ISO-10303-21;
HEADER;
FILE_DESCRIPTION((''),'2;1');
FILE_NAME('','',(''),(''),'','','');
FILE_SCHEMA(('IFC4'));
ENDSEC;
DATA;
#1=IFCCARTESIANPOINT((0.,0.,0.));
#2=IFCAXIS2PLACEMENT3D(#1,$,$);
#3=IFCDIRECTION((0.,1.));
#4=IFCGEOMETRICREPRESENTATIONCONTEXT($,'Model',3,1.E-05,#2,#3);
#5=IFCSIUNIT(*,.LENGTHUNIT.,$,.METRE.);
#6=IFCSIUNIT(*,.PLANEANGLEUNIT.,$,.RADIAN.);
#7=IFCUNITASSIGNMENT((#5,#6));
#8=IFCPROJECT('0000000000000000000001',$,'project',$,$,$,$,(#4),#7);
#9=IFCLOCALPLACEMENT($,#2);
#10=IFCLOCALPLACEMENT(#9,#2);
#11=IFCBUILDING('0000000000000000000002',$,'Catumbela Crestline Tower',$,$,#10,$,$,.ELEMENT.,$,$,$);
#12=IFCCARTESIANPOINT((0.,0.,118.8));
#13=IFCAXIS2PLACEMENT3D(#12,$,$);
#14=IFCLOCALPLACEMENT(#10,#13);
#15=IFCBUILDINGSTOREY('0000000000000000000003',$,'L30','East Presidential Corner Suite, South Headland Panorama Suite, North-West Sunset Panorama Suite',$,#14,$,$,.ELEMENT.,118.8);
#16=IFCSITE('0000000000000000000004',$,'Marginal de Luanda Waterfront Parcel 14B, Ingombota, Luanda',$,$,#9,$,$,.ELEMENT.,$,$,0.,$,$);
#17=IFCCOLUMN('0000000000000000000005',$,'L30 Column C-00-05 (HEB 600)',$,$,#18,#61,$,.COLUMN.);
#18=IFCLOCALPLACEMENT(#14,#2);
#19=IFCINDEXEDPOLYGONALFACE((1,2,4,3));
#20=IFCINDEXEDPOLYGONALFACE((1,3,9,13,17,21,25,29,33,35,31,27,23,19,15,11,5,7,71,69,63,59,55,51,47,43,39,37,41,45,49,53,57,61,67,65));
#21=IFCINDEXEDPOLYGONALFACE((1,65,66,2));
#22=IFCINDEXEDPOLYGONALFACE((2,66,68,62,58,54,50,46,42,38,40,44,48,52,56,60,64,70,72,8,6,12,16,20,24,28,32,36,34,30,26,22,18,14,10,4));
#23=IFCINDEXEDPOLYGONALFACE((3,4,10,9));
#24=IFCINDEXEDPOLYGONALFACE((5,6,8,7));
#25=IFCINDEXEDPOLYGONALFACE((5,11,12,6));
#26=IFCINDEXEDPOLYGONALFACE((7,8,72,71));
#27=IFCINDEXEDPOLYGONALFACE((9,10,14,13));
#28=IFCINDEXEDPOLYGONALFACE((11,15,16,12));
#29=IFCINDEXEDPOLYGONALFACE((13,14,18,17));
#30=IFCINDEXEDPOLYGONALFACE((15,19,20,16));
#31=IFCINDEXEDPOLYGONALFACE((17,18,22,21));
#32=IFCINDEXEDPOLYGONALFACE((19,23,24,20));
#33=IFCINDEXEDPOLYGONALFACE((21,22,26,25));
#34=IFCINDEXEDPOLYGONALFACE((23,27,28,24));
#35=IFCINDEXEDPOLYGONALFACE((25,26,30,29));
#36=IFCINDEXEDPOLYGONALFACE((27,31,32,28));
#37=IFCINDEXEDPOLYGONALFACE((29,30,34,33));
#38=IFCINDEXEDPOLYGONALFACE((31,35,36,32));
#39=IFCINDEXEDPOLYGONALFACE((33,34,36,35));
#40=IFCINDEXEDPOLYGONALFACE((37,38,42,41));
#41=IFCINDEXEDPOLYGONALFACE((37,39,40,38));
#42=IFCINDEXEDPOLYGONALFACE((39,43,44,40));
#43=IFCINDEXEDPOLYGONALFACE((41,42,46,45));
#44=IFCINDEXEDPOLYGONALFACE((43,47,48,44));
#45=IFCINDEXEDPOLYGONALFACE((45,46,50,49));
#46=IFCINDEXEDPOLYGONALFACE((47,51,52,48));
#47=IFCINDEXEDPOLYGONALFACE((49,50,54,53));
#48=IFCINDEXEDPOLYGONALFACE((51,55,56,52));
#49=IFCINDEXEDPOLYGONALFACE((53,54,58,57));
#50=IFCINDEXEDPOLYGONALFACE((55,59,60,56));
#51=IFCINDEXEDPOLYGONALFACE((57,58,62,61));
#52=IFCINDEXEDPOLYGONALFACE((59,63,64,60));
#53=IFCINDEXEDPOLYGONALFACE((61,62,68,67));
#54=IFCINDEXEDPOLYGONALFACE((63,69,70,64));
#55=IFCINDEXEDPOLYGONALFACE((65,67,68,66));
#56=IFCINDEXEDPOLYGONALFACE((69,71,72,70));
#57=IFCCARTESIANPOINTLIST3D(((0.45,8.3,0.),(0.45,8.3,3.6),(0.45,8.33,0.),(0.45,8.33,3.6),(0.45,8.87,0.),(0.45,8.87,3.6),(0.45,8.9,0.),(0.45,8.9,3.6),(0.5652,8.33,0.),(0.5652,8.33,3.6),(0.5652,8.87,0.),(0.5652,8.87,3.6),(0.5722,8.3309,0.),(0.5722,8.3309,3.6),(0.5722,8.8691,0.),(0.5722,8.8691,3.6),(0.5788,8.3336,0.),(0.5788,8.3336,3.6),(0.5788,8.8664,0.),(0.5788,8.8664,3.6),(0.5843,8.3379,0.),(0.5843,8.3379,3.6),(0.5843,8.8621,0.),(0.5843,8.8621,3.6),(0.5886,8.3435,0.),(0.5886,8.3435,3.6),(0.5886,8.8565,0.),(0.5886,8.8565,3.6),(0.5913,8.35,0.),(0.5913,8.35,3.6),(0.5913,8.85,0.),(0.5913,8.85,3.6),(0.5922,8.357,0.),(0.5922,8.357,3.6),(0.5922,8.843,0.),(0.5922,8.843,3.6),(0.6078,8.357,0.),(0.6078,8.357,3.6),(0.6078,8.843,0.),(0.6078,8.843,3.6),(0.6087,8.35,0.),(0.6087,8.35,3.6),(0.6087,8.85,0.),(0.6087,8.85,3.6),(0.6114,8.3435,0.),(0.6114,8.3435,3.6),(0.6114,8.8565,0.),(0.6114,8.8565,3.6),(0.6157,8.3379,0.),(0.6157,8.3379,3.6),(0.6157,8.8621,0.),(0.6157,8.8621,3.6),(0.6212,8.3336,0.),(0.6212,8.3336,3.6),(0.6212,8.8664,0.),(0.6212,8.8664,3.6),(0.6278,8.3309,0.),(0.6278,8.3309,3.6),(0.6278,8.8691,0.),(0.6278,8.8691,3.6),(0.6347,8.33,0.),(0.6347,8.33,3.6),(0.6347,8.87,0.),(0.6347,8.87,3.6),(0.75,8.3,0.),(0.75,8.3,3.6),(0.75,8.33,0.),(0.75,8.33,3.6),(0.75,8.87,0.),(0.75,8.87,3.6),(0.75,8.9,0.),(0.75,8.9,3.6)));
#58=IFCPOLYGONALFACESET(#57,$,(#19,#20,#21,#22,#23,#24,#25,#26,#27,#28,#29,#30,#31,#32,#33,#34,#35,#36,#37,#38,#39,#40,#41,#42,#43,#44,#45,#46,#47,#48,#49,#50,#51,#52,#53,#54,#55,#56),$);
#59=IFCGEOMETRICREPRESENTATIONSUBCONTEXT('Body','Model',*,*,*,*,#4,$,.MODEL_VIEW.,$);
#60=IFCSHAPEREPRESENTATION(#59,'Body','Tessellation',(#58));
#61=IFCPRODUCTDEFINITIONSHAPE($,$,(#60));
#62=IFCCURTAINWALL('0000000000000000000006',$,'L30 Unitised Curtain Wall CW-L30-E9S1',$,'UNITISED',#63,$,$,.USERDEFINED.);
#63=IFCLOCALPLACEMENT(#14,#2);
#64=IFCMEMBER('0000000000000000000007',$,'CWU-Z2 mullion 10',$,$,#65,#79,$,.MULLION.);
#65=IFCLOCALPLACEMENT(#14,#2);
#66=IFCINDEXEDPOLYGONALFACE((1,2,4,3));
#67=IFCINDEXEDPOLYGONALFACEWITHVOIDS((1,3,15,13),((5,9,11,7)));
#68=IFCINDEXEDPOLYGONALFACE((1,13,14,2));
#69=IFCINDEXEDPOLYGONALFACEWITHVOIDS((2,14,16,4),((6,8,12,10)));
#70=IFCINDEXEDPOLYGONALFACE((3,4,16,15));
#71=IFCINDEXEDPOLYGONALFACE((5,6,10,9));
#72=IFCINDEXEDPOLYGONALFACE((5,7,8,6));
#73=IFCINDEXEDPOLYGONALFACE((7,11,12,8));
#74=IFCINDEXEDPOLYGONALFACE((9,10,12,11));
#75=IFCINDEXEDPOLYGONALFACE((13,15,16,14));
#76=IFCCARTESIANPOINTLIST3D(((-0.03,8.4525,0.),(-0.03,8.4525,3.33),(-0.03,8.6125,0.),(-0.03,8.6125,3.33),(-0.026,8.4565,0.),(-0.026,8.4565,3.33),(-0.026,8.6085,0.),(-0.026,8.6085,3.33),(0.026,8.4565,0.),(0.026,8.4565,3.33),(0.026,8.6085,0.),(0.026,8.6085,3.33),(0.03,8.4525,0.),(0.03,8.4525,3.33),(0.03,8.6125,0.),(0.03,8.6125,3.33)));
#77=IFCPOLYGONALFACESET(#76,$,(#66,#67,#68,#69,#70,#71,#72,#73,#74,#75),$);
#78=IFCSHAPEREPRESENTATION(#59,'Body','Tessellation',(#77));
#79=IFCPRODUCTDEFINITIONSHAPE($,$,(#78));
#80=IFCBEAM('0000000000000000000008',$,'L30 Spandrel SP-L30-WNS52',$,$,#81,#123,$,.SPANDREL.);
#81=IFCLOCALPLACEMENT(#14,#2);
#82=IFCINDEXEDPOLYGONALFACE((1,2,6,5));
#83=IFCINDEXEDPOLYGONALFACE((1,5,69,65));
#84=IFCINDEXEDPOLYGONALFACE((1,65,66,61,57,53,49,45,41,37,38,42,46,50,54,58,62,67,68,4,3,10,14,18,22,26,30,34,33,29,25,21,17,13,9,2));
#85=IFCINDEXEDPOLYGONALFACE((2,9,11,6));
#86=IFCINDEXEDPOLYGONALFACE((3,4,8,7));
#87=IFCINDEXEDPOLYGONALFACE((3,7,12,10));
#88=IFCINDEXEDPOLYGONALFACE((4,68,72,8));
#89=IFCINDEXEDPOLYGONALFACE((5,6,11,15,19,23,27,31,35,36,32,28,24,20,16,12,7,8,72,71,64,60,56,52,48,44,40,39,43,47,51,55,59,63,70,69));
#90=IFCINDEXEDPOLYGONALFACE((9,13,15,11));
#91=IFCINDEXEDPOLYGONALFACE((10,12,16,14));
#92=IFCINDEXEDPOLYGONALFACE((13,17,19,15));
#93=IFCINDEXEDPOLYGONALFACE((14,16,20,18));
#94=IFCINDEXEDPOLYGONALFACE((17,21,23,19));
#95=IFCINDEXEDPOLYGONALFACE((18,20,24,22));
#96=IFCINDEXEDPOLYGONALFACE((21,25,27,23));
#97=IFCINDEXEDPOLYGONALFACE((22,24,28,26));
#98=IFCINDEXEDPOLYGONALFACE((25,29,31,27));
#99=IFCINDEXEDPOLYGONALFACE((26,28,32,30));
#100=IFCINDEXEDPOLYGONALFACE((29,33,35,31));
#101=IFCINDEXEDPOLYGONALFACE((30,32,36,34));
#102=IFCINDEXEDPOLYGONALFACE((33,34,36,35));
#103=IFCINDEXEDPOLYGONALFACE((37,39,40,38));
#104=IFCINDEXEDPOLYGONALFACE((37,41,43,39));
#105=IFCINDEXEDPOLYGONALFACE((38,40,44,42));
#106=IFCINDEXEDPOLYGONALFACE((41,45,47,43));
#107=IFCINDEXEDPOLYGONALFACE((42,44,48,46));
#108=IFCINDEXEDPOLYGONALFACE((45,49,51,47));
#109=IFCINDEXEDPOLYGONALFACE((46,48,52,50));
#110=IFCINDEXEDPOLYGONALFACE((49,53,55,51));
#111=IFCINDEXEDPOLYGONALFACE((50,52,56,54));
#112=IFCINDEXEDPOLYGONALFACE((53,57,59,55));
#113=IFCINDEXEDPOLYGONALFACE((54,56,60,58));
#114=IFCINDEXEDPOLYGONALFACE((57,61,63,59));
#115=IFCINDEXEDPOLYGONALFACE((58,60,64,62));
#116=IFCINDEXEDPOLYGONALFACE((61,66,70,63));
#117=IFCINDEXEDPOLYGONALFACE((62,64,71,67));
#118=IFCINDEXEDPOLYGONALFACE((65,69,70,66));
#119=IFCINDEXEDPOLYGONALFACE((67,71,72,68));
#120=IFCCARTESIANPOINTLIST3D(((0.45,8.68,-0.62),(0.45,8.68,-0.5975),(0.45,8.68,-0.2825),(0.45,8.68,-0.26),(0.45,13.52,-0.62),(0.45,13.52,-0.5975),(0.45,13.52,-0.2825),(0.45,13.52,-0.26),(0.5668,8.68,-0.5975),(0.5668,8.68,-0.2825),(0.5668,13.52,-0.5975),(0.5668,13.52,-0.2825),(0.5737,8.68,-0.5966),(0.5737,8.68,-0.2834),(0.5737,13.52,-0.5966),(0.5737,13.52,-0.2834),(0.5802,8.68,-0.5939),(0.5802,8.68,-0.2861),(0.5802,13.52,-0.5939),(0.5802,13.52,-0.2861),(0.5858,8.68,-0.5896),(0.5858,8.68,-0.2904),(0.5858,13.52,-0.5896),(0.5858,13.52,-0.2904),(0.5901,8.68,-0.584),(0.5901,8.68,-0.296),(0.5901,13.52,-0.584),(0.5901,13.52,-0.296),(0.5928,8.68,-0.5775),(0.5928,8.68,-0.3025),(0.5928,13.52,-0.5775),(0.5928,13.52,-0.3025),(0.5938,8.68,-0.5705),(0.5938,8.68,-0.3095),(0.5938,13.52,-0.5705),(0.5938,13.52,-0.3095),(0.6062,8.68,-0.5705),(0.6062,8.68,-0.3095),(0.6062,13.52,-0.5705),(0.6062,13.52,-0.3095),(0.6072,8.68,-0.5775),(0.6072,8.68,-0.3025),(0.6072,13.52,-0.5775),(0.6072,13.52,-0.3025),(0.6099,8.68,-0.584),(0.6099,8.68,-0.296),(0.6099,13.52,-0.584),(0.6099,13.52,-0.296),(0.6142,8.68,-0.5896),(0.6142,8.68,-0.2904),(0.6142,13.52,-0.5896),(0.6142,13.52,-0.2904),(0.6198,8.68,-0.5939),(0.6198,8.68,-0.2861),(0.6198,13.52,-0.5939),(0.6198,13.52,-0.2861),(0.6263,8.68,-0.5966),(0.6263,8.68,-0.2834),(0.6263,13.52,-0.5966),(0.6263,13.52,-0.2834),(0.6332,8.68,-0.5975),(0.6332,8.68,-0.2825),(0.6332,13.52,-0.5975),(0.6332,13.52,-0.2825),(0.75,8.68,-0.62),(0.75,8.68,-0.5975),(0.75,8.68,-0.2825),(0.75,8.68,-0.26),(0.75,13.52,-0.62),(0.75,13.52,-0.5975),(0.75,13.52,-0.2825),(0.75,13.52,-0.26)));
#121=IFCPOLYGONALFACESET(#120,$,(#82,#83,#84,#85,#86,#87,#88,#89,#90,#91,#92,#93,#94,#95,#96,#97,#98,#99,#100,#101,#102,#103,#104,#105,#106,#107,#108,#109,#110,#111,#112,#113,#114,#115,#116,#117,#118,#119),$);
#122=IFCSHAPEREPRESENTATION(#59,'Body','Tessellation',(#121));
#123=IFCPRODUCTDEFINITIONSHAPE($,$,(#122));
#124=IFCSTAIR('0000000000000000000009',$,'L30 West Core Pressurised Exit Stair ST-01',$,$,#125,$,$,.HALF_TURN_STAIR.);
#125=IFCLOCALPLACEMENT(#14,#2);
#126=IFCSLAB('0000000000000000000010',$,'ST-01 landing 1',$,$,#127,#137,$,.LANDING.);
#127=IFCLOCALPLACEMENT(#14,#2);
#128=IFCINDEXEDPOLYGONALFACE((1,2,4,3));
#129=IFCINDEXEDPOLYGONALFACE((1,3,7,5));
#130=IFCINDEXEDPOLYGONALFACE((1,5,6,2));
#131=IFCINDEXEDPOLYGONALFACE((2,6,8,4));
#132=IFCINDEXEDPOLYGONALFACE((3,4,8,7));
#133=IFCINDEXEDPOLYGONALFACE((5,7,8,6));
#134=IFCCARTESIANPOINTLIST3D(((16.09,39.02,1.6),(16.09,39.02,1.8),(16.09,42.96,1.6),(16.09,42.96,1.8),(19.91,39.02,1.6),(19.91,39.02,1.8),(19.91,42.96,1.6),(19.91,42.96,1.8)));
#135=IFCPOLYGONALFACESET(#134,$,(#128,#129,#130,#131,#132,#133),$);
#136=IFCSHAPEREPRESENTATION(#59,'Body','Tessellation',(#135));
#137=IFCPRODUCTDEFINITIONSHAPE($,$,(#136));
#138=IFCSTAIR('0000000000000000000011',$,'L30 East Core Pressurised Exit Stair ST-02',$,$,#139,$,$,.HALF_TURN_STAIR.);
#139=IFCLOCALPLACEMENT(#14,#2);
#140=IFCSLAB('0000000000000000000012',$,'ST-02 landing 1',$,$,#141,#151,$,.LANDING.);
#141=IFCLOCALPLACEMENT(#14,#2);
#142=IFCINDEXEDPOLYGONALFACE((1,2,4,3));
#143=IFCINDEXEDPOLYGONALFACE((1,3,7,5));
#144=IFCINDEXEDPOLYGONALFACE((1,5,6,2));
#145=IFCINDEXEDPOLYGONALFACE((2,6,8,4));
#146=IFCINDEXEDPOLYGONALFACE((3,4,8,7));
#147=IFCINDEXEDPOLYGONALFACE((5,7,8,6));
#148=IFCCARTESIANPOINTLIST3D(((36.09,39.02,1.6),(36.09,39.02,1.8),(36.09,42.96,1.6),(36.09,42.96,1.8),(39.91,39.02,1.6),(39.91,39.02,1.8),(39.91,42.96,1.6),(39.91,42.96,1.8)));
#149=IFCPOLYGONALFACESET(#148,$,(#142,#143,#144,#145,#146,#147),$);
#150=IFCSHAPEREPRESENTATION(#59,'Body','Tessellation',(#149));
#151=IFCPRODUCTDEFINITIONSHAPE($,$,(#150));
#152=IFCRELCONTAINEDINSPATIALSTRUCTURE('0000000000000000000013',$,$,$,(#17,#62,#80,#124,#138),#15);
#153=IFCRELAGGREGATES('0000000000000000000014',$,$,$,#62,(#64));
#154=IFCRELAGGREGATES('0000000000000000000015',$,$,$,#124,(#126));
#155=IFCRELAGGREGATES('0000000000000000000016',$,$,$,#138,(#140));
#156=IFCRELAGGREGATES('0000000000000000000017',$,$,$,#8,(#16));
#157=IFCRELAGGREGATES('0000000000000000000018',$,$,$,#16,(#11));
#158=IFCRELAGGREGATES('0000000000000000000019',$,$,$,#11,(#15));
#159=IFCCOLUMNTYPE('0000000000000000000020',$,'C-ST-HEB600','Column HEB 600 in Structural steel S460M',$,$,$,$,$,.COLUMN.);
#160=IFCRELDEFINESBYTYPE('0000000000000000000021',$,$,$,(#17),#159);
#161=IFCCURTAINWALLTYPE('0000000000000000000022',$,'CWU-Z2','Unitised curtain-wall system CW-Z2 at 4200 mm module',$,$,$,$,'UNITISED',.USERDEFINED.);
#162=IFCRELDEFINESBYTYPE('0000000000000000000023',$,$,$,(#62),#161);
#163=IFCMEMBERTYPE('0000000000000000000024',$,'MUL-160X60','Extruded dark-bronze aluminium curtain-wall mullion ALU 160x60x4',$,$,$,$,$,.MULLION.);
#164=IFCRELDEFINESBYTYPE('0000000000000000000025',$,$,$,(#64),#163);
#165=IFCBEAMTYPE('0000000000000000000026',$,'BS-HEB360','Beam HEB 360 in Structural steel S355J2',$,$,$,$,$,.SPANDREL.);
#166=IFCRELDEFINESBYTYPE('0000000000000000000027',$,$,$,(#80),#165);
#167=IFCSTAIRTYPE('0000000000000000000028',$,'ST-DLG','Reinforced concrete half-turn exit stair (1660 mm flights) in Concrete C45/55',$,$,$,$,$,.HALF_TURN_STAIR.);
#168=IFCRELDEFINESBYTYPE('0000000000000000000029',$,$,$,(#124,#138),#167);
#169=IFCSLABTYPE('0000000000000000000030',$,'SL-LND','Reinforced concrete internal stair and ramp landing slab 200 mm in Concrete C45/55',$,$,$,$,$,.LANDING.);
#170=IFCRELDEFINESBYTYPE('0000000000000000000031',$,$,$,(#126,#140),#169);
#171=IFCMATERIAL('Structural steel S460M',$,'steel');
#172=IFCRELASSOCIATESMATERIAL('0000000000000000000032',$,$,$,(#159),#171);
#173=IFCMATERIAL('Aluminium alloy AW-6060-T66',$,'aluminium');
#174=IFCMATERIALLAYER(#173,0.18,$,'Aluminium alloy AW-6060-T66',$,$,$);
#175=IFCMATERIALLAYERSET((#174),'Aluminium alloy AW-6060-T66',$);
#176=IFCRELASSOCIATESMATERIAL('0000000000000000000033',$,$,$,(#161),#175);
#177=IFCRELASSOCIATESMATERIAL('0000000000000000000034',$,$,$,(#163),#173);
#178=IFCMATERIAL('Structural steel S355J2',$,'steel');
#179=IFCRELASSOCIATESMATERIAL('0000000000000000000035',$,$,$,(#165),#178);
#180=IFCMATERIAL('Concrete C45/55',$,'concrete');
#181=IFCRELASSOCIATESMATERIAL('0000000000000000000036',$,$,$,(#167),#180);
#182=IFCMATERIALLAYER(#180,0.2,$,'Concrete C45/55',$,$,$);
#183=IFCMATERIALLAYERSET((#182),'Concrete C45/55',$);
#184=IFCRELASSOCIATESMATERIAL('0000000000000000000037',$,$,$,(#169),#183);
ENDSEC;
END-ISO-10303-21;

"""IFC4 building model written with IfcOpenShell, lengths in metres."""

from ifc_helpers import new_model, si_unit, direction, frame, origin, origin_2d, place, context, subcontext, project, spatial, polyline, hollow_rectangle, i_section, outline, extrude, material, layer, layer_set, material_profile, profile_set, type_object, element, aggregate, save


model = new_model("IFC4")

# Units and contexts
model_context = context("Model", 3, precision=1e-05, world=origin(), true_north=direction((0.0, 1.0)))
body_context = subcontext(model_context, "Body", "Model", "MODEL_VIEW")
ifc_project = project(units=[si_unit("LENGTHUNIT", "METRE"), si_unit("PLANEANGLEUNIT", "RADIAN")], contexts=[model_context])

# Site, building, storey
site_placement = place(None, origin())
site = spatial("IfcSite", under=ifc_project, at=site_placement, Name="Marginal de Luanda Waterfront Parcel 14B, Ingombota, Luanda", CompositionType="ELEMENT", RefElevation=0.0)
building_placement = place(site_placement, origin())
building = spatial("IfcBuilding", under=site, at=building_placement, Name="Catumbela Crestline Tower", CompositionType="ELEMENT")
storey_placement = place(building_placement, frame((0.0, 0.0, 118.8)))
storey = spatial("IfcBuildingStorey", under=building, at=storey_placement, Name="L30", Description="East Presidential Corner Suite, South Headland Panorama Suite, North-West Sunset Panorama Suite", CompositionType="ELEMENT", Elevation=118.8)

# Column
ifc_material_1 = material(Name="Structural steel S460M", Category="steel")
ifc_material_profile_1 = material_profile(ifc_material_1, i_section(OverallWidth=0.3, OverallDepth=0.6, WebThickness=0.0155, FlangeThickness=0.03, FilletRadius=0.027, at=origin_2d()), Name="HEB 600")
ifc_profile_set_1 = profile_set([ifc_material_profile_1], Name="Structural steel S460M")
column_type = type_object("IfcColumnType", Name="C-ST-HEB600", Description="Column HEB 600 in Structural steel S460M", PredefinedType="COLUMN", material=ifc_profile_set_1)
column_placement = place(storey_placement, frame((0.6, 8.6, 0.0), z_axis=(0.0, 0.0, 1.0), x_axis=(1.0, 0.0, 0.0)))
element("IfcColumn", 1, at=column_placement, inside=storey, type_object=column_type, Name="L30 Column C-00-05 (HEB 600)", PredefinedType="COLUMN", context=body_context, shape_type="SweptSolid", body=[
    extrude(i_section(OverallWidth=0.3, OverallDepth=0.6, WebThickness=0.0155, FlangeThickness=0.03, FilletRadius=0.027, at=origin_2d()), origin(), (0.0, 0.0, 1.0), 3.6),
])

# Curtain wall, member
ifc_material_2 = material(Name="Aluminium alloy AW-6060-T66", Category="aluminium")
ifc_layer_1 = layer(ifc_material_2, 0.18, Name="Aluminium alloy AW-6060-T66")
ifc_layer_set_1 = layer_set([ifc_layer_1], Name="Aluminium alloy AW-6060-T66")
curtain_wall_type = type_object("IfcCurtainWallType", Name="CWU-Z2", Description="Unitised curtain-wall system CW-Z2 at 4200 mm module", ElementType="UNITISED", PredefinedType="USERDEFINED", material=ifc_layer_set_1)
curtain_wall_placement = place(storey_placement, origin())
curtain_wall = element("IfcCurtainWall", 2, at=curtain_wall_placement, inside=storey, type_object=curtain_wall_type, Name="L30 Unitised Curtain Wall CW-L30-E9S1", ObjectType="UNITISED", PredefinedType="USERDEFINED")
ifc_material_profile_2 = material_profile(ifc_material_2, hollow_rectangle(XDim=0.06, YDim=0.16, WallThickness=0.004, at=origin_2d()), Name="ALU 160x60x4")
ifc_profile_set_2 = profile_set([ifc_material_profile_2], Name="Aluminium alloy AW-6060-T66")
member_type = type_object("IfcMemberType", Name="MUL-160X60", Description="Extruded dark-bronze aluminium curtain-wall mullion ALU 160x60x4", PredefinedType="MULLION", material=ifc_profile_set_2)
member_placement = place(storey_placement, frame((0.0, 8.5325, 0.0), z_axis=(0.0, 0.0, 1.0), x_axis=(1.0, 0.0, 0.0)))
member = element("IfcMember", 3, at=member_placement, type_object=member_type, Name="CWU-Z2 mullion 10", PredefinedType="MULLION", context=body_context, shape_type="SweptSolid", body=[
    extrude(hollow_rectangle(XDim=0.06, YDim=0.16, WallThickness=0.004, at=origin_2d()), origin(), (0.0, 0.0, 1.0), 3.33),
])
aggregate(curtain_wall, [member])

# Beam
ifc_material_3 = material(Name="Structural steel S355J2", Category="steel")
ifc_material_profile_3 = material_profile(ifc_material_3, i_section(OverallWidth=0.3, OverallDepth=0.36, WebThickness=0.0125, FlangeThickness=0.0225, FilletRadius=0.027, at=origin_2d()), Name="HEB 360")
ifc_profile_set_3 = profile_set([ifc_material_profile_3], Name="Structural steel S355J2")
beam_type = type_object("IfcBeamType", Name="BS-HEB360", Description="Beam HEB 360 in Structural steel S355J2", PredefinedType="SPANDREL", material=ifc_profile_set_3)
beam_placement = place(storey_placement, frame((0.6, 8.68, -0.44), z_axis=(0.0, 1.0, 0.0), x_axis=(-1.0, 0.0, 0.0)))
element("IfcBeam", 4, at=beam_placement, inside=storey, type_object=beam_type, Name="L30 Spandrel SP-L30-WNS52", PredefinedType="SPANDREL", context=body_context, shape_type="SweptSolid", body=[
    extrude(i_section(OverallWidth=0.3, OverallDepth=0.36, WebThickness=0.0125, FlangeThickness=0.0225, FilletRadius=0.027, at=origin_2d()), origin(), (0.0, 0.0, 1.0), 4.84),
])

# Stairs, slabs
ifc_material_4 = material(Name="Concrete C45/55", Category="concrete")
stair_type = type_object("IfcStairType", Name="ST-DLG", Description="Reinforced concrete half-turn exit stair (1660 mm flights) in Concrete C45/55", PredefinedType="HALF_TURN_STAIR", material=ifc_material_4)
stair_1_placement = place(storey_placement, origin())
stair_1 = element("IfcStair", 5, at=stair_1_placement, inside=storey, type_object=stair_type, Name="L30 West Core Pressurised Exit Stair ST-01", PredefinedType="HALF_TURN_STAIR")
ifc_layer_2 = layer(ifc_material_4, 0.2, Name="Concrete C45/55")
ifc_layer_set_2 = layer_set([ifc_layer_2], Name="Concrete C45/55")
slab_type_1 = type_object("IfcSlabType", Name="SL-LND", Description="Reinforced concrete internal stair and ramp landing slab 200 mm in Concrete C45/55", PredefinedType="LANDING", material=ifc_layer_set_2)
slab_1_placement = place(storey_placement, frame((0.0, 0.0, 1.6)))
slab_1 = element("IfcSlab", 6, at=slab_1_placement, type_object=slab_type_1, Name="ST-01 landing 1", PredefinedType="LANDING", context=body_context, shape_type="SweptSolid", body=[
    extrude(outline(polyline([(19.91, 39.02), (19.91, 42.96), (16.09, 42.96), (16.09, 39.02), (19.91, 39.02)])), origin(), (0.0, 0.0, 1.0), 0.2),
])
aggregate(stair_1, [slab_1])
stair_2_placement = place(storey_placement, origin())
stair_2 = element("IfcStair", 7, at=stair_2_placement, inside=storey, type_object=stair_type, Name="L30 East Core Pressurised Exit Stair ST-02", PredefinedType="HALF_TURN_STAIR")
slab_2_placement = place(storey_placement, frame((0.0, 0.0, 1.6)))
slab_2 = element("IfcSlab", 8, at=slab_2_placement, type_object=slab_type_1, Name="ST-02 landing 1", PredefinedType="LANDING", context=body_context, shape_type="SweptSolid", body=[
    extrude(outline(polyline([(39.91, 39.02), (39.91, 42.96), (36.09, 42.96), (36.09, 39.02), (39.91, 39.02)])), origin(), (0.0, 0.0, 1.0), 0.2),
])
aggregate(stair_2, [slab_2])

save(model, "model.ifc")
